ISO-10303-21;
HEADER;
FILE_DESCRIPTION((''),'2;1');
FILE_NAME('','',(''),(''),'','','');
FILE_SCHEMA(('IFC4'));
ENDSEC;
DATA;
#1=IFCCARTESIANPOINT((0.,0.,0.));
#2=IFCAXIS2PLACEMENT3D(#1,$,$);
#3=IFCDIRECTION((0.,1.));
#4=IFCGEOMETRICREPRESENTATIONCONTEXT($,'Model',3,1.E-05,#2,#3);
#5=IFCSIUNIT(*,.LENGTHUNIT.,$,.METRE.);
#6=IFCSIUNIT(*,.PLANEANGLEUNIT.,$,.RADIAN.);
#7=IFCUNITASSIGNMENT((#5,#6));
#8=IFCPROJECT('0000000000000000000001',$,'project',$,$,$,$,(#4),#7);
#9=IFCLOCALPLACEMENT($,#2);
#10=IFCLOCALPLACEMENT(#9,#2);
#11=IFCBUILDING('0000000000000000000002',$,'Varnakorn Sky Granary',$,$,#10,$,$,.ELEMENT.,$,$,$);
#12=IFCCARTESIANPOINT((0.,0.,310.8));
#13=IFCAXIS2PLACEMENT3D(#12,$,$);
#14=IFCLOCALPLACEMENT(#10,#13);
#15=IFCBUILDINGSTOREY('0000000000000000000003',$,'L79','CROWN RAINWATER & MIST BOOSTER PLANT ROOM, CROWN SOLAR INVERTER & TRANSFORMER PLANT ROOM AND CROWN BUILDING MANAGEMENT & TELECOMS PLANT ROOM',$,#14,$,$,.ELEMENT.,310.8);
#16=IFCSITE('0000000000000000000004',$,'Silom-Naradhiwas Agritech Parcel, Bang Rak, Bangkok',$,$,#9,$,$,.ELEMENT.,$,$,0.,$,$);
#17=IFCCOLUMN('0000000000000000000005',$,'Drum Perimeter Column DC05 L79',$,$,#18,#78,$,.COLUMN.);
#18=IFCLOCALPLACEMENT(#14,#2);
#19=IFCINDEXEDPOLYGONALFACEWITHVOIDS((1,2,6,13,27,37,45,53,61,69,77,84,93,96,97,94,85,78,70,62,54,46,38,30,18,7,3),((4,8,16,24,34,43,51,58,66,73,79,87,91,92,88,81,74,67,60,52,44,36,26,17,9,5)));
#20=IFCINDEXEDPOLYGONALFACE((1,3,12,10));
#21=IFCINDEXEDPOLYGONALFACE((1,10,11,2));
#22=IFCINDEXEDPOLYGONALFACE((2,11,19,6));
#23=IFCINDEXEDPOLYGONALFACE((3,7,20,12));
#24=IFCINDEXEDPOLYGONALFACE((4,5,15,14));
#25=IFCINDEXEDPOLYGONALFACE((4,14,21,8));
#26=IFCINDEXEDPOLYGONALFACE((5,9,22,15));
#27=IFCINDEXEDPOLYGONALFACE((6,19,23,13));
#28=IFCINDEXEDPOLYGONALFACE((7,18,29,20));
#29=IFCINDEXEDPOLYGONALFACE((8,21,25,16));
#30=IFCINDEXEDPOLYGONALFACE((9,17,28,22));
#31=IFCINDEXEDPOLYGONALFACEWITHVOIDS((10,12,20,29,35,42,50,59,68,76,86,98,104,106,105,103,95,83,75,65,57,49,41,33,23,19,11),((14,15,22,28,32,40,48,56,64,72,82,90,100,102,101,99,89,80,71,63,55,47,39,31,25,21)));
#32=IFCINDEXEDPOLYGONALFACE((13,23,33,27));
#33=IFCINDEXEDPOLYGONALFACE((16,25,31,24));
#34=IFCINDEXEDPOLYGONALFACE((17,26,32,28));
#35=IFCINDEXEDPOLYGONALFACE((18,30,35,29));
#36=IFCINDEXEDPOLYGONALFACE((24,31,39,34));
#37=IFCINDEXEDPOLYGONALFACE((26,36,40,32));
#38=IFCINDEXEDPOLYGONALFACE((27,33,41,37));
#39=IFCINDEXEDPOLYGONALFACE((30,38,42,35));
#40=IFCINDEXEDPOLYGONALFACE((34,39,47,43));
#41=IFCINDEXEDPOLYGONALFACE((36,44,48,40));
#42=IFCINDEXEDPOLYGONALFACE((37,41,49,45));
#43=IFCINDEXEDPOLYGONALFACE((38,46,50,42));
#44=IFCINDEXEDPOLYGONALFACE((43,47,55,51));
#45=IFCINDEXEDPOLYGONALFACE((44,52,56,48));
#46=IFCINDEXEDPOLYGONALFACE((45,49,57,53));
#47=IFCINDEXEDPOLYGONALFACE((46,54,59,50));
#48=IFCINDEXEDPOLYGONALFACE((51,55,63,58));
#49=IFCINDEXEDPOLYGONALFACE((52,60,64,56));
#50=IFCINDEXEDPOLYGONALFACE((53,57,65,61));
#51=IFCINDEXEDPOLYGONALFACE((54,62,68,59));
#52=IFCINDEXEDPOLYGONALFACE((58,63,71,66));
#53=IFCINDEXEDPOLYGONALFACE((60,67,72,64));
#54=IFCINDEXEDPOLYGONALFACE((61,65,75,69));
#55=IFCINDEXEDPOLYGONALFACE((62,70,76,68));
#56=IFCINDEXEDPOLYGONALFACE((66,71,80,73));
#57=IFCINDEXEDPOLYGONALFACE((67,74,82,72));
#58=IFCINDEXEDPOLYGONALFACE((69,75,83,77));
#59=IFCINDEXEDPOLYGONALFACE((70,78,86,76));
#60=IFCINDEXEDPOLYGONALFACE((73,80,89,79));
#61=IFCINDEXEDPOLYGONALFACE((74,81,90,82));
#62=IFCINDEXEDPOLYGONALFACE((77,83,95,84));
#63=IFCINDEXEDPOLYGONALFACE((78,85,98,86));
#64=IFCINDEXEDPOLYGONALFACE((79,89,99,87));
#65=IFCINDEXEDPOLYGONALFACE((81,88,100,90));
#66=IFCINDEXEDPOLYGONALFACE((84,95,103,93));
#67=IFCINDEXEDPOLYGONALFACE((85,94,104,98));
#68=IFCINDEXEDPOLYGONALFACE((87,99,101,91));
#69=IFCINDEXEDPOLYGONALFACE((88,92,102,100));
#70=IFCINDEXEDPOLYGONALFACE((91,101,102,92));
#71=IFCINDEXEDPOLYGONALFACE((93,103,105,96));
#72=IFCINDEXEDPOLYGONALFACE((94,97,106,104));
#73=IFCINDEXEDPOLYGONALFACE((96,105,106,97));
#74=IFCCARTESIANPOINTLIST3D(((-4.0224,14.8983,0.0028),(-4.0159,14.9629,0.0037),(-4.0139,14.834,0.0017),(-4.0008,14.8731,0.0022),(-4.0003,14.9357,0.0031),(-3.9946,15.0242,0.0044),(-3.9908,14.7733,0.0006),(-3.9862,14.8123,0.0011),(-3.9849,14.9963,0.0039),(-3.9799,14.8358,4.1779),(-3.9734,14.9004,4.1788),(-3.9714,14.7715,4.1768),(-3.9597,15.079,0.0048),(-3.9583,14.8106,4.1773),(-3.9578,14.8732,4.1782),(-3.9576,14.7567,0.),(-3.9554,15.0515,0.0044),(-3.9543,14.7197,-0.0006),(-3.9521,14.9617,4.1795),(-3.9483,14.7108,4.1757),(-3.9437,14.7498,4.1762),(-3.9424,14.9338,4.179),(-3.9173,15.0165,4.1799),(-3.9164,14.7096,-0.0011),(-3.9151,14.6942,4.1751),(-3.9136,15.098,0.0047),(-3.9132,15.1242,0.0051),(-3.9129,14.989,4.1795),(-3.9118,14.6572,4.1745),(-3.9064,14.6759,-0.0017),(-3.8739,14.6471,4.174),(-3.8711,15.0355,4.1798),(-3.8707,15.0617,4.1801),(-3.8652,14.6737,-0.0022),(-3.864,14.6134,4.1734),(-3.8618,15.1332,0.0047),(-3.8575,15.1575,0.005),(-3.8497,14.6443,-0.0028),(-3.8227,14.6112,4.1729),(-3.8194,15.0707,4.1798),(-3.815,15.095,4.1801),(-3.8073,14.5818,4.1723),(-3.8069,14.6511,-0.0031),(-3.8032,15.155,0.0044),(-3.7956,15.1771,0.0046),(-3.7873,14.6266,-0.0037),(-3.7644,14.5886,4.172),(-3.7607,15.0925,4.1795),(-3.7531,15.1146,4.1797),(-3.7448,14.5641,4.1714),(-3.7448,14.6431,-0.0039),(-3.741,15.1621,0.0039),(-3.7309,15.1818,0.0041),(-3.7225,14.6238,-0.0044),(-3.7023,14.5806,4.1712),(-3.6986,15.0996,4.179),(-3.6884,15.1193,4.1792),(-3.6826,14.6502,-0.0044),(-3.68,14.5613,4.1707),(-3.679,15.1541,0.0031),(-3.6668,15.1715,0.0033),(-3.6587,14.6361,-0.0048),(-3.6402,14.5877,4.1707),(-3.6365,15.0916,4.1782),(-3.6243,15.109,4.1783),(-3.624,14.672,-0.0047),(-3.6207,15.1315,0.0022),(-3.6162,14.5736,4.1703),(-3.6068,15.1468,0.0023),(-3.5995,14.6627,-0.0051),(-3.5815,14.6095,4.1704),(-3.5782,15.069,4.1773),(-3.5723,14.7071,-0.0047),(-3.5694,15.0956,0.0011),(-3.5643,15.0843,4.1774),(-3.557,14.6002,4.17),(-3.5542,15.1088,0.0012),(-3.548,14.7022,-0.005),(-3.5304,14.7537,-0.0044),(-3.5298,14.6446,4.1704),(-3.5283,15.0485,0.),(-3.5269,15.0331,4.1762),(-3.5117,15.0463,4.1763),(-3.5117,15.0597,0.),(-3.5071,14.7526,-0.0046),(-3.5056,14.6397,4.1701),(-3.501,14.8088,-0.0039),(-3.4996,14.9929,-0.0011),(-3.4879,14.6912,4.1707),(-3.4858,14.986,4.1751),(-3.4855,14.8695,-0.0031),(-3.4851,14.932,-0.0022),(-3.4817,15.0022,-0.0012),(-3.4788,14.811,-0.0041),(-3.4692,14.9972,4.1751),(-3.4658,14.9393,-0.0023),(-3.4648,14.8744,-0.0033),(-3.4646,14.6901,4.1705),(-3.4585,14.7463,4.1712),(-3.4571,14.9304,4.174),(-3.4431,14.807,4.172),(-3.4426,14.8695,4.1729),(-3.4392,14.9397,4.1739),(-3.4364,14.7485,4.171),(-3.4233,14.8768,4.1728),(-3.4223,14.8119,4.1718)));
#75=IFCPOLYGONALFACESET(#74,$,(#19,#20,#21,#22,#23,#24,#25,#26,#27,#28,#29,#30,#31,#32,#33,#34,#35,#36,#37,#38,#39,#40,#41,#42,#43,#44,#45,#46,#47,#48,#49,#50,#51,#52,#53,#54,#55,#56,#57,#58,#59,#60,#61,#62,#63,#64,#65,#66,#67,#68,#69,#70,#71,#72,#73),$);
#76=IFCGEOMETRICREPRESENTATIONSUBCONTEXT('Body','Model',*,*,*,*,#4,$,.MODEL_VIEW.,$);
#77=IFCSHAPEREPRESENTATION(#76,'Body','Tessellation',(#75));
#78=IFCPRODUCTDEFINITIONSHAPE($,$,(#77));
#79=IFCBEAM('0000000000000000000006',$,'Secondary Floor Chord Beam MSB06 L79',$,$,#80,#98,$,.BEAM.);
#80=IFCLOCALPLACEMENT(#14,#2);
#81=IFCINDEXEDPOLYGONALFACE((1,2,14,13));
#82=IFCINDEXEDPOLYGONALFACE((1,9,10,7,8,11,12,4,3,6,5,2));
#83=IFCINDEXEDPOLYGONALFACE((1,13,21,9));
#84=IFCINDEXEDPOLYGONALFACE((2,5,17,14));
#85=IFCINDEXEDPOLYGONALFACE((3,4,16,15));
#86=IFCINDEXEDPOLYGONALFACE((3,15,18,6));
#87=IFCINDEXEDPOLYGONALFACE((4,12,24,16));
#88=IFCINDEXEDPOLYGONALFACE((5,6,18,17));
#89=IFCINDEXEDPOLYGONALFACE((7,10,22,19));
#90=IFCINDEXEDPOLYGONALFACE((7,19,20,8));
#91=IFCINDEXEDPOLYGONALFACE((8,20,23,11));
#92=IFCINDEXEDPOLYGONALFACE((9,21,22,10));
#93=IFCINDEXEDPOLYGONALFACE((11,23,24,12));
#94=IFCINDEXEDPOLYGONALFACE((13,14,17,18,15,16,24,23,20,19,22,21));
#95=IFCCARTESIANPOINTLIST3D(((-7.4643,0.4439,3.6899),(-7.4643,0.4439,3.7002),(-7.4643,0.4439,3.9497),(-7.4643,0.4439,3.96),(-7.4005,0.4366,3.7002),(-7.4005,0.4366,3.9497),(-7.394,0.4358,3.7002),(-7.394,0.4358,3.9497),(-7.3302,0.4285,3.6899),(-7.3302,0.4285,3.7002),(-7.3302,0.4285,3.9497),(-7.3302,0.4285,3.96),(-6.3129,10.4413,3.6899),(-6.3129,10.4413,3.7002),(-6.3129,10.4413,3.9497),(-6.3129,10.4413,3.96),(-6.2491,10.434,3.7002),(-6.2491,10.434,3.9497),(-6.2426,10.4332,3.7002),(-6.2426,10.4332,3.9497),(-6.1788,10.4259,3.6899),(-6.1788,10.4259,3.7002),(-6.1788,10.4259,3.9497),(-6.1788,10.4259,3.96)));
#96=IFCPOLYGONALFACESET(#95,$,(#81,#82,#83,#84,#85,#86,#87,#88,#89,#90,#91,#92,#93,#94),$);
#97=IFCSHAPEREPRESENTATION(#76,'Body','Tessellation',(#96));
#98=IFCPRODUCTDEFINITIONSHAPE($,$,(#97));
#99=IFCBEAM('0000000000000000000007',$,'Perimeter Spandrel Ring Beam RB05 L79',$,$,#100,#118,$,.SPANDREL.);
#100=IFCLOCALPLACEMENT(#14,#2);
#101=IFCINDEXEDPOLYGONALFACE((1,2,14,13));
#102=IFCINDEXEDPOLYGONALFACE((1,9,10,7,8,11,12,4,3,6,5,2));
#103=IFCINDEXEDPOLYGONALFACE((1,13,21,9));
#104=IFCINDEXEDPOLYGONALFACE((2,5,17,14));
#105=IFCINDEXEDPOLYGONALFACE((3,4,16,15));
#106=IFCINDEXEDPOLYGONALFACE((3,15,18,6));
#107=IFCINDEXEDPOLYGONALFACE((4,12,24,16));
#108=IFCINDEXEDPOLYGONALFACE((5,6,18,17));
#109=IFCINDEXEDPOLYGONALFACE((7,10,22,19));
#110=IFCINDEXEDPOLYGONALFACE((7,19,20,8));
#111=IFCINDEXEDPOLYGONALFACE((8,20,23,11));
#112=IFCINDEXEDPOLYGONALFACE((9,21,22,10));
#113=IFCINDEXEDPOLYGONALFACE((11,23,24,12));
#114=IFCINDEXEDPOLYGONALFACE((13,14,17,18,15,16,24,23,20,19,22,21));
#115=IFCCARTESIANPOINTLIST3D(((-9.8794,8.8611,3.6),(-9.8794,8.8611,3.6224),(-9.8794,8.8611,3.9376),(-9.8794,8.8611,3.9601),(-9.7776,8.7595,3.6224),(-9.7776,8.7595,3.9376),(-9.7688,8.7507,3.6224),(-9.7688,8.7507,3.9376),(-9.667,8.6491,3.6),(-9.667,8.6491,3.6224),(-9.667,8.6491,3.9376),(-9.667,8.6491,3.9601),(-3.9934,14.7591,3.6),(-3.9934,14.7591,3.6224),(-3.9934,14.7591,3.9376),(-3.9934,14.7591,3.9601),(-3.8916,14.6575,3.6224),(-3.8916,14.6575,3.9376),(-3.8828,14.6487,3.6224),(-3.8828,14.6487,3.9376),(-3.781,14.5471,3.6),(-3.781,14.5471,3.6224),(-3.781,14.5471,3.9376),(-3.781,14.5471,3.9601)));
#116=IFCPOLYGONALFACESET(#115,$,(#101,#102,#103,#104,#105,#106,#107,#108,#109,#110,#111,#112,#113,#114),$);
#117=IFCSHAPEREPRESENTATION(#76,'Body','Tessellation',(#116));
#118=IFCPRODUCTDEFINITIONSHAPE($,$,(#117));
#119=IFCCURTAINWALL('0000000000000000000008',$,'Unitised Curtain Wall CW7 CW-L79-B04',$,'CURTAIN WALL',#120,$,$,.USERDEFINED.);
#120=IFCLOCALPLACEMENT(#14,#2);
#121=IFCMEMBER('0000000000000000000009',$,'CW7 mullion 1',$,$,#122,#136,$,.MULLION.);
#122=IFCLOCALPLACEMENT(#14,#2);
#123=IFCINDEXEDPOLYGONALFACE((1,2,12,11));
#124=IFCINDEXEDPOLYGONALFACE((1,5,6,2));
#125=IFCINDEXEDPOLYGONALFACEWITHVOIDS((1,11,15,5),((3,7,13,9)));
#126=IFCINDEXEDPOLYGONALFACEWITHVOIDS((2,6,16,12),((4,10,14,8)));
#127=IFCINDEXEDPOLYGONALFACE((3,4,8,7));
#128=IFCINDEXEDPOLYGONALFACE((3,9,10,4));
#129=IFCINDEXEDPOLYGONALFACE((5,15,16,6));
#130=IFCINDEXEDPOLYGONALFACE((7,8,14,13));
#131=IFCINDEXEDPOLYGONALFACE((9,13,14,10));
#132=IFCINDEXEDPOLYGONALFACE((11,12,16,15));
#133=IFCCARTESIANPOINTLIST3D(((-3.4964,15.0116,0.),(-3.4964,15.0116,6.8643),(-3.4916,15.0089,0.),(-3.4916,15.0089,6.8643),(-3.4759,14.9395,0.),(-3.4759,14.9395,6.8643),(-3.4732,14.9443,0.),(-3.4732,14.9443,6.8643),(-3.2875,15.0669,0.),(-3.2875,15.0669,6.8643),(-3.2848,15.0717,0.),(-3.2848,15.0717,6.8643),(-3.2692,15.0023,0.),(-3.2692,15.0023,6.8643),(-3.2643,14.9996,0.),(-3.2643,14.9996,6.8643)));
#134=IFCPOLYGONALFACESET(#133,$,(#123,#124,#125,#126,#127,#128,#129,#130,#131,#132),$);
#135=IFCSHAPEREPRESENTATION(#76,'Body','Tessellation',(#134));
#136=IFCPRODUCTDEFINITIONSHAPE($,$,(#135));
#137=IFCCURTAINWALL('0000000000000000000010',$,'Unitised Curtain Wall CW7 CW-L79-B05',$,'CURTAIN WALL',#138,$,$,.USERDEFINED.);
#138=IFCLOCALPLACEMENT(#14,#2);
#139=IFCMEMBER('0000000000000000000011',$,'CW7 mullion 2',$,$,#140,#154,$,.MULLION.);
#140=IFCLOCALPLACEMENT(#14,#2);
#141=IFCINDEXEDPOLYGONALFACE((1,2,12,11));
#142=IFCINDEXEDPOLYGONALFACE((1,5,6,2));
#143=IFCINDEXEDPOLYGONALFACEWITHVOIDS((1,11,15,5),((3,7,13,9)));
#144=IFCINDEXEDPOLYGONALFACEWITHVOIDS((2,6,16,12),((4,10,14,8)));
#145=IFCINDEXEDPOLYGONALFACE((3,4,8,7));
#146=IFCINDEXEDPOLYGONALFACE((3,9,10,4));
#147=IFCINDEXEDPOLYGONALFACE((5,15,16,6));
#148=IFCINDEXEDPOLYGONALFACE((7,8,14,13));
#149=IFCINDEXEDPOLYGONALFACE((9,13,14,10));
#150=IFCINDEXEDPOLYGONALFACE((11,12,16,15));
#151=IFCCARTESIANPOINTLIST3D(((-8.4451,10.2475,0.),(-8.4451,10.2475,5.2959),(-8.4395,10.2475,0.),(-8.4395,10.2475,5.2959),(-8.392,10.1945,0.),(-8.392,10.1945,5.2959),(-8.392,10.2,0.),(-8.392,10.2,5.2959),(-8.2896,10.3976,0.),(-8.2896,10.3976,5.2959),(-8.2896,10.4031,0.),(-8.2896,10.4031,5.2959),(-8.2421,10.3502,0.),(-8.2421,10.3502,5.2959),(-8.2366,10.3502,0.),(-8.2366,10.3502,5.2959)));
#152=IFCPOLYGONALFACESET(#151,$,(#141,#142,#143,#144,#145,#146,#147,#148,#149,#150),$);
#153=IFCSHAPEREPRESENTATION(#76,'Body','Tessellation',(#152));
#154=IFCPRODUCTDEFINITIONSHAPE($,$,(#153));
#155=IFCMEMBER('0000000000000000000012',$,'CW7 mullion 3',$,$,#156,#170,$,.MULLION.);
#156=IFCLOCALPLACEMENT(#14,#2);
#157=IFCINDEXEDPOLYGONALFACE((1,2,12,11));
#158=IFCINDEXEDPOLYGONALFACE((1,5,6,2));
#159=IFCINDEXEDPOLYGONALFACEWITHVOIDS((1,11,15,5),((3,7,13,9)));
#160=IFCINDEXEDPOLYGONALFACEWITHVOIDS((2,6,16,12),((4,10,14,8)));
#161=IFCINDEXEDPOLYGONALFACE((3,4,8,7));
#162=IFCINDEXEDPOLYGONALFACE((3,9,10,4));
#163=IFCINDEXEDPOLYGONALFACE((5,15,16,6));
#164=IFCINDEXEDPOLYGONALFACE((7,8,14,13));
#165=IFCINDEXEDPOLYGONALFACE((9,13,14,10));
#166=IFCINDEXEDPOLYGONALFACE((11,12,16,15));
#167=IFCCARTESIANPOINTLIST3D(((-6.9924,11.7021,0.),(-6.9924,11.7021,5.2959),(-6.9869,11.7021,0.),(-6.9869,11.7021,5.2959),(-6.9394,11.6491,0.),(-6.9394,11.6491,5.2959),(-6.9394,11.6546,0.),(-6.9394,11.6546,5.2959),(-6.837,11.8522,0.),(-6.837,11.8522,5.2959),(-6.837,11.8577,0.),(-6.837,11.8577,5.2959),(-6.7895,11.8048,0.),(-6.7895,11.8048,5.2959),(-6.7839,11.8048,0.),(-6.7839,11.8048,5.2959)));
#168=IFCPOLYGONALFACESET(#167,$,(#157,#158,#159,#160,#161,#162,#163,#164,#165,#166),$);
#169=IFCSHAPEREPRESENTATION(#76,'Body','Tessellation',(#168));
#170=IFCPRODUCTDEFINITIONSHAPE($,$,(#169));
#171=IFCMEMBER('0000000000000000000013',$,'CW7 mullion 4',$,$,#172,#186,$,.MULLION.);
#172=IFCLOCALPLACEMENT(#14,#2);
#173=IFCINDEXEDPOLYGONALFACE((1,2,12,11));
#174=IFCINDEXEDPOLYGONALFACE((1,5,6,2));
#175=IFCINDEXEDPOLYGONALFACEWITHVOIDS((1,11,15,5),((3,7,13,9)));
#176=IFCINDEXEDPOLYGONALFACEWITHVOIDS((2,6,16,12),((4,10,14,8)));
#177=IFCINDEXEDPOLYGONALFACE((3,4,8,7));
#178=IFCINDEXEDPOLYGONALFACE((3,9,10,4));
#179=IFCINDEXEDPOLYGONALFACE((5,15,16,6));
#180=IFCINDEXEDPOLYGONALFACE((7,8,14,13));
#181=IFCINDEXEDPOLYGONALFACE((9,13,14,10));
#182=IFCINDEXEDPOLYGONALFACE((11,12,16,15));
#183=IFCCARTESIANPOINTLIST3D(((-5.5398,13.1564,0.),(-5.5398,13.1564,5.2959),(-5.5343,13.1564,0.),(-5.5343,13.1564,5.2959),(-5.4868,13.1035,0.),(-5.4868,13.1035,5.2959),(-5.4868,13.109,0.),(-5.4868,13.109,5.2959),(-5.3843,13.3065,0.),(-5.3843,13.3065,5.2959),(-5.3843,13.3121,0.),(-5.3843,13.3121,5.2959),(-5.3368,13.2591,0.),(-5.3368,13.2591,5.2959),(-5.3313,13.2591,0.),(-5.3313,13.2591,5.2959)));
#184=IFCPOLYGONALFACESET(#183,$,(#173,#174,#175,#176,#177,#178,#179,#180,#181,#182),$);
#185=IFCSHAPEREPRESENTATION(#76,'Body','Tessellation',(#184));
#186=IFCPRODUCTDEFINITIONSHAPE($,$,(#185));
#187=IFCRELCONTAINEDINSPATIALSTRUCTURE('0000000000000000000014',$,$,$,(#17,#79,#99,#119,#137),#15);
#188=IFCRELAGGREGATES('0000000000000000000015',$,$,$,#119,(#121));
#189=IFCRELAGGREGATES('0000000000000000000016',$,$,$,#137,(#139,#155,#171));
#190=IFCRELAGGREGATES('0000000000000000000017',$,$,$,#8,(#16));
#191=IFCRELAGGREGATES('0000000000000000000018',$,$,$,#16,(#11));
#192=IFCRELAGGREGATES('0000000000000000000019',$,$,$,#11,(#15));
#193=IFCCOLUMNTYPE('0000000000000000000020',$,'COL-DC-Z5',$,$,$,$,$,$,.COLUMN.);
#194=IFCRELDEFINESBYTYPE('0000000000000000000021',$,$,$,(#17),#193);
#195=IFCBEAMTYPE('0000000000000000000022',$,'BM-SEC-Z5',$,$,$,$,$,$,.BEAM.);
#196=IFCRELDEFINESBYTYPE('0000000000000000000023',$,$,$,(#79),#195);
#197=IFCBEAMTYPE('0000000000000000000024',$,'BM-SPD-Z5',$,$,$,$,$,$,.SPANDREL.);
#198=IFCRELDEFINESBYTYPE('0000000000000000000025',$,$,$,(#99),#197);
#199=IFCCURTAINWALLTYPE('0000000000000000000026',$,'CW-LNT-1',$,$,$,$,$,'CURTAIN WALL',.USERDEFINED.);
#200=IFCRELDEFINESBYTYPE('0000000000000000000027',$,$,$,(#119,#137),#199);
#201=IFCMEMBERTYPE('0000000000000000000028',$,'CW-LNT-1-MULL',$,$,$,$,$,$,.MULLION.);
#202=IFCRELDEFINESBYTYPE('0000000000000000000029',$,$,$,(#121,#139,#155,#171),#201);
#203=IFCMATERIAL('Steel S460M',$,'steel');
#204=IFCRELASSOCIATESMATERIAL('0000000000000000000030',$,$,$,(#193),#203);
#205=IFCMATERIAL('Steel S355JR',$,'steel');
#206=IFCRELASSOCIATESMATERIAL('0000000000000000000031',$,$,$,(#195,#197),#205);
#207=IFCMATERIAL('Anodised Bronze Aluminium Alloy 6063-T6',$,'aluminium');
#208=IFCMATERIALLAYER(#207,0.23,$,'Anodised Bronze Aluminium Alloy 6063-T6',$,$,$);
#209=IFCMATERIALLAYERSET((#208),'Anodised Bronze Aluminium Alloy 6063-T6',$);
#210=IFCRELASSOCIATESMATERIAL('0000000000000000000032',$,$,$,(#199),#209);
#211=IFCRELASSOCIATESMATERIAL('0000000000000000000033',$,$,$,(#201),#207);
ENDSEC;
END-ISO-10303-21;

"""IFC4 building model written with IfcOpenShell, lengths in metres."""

from ifc_helpers import new_model, si_unit, direction, frame, origin, origin_2d, place, context, subcontext, project, spatial, hollow_rectangle, hollow_circle, i_section, extrude, material, layer, layer_set, material_profile, profile_set, type_object, element, aggregate, save


model = new_model("IFC4")

# Units and contexts
model_context = context("Model", 3, precision=1e-05, world=origin(), true_north=direction((0.0, 1.0)))
body_context = subcontext(model_context, "Body", "Model", "MODEL_VIEW")
ifc_project = project(units=[si_unit("LENGTHUNIT", "METRE"), si_unit("PLANEANGLEUNIT", "RADIAN")], contexts=[model_context])

# Site, building, storey
site_placement = place(None, origin())
site = spatial("IfcSite", under=ifc_project, at=site_placement, Name="Silom-Naradhiwas Agritech Parcel, Bang Rak, Bangkok", CompositionType="ELEMENT", RefElevation=0.0)
building_placement = place(site_placement, origin())
building = spatial("IfcBuilding", under=site, at=building_placement, Name="Varnakorn Sky Granary", CompositionType="ELEMENT")
storey_placement = place(building_placement, frame((0.0, 0.0, 310.8)))
storey = spatial("IfcBuildingStorey", under=building, at=storey_placement, Name="L79", Description="CROWN RAINWATER & MIST BOOSTER PLANT ROOM, CROWN SOLAR INVERTER & TRANSFORMER PLANT ROOM AND CROWN BUILDING MANAGEMENT & TELECOMS PLANT ROOM", CompositionType="ELEMENT", Elevation=310.8)

# Column
ifc_material_1 = material(Name="Steel S460M", Category="steel")
ifc_material_profile_1 = material_profile(ifc_material_1, hollow_circle(Radius=0.2795, WallThickness=0.02, at=origin_2d()), Name="CHS 559x20")
ifc_profile_set_1 = profile_set([ifc_material_profile_1], Name="Steel S460M")
column_type = type_object("IfcColumnType", Name="COL-DC-Z5", PredefinedType="COLUMN", material=ifc_profile_set_1)
column_placement = place(storey_placement, frame((-3.7429, 14.9026, 0.0), z_axis=(0.010173, -0.014967, 0.999836), x_axis=(0.827047, 0.562133, 0.0)))
element("IfcColumn", 1, at=column_placement, inside=storey, type_object=column_type, Name="Drum Perimeter Column DC05 L79", PredefinedType="COLUMN", context=body_context, shape_type="SweptSolid", body=[
    extrude(hollow_circle(Radius=0.2795, WallThickness=0.02, at=origin_2d()), origin(), (0.0, 0.0, 1.0), 4.1758),
])

# Beams
ifc_material_2 = material(Name="Steel S355JR", Category="steel")
ifc_material_profile_2 = material_profile(ifc_material_2, i_section(OverallWidth=0.135, OverallDepth=0.27, WebThickness=0.0066, FlangeThickness=0.0103, at=origin_2d()), Name="IPE 270")
ifc_profile_set_2 = profile_set([ifc_material_profile_2], Name="Steel S355JR")
beam_type_1 = type_object("IfcBeamType", Name="BM-SEC-Z5", PredefinedType="BEAM", material=ifc_profile_set_2)
beam_1_placement = place(storey_placement, frame((-6.2458, 10.4336, 3.825), z_axis=(-0.114411, -0.993433, 0.0), x_axis=(0.993433, -0.114411, 0.0)))
element("IfcBeam", 2, at=beam_1_placement, inside=storey, type_object=beam_type_1, Name="Secondary Floor Chord Beam MSB06 L79", PredefinedType="BEAM", context=body_context, shape_type="SweptSolid", body=[
    extrude(i_section(OverallWidth=0.135, OverallDepth=0.27, WebThickness=0.0066, FlangeThickness=0.0103, at=origin_2d()), origin(), (0.0, 0.0, 1.0), 10.0635),
])
ifc_material_profile_3 = material_profile(ifc_material_2, i_section(OverallWidth=0.3, OverallDepth=0.3601, WebThickness=0.0125, FlangeThickness=0.0225, at=origin_2d()), Name="HE 360 B")
ifc_profile_set_3 = profile_set([ifc_material_profile_3], Name="Steel S355JR")
beam_type_2 = type_object("IfcBeamType", Name="BM-SPD-Z5", PredefinedType="SPANDREL", material=ifc_profile_set_3)
beam_2_placement = place(storey_placement, frame((-3.8872, 14.6531, 3.78), z_axis=(-0.706389, -0.707824, 0.0), x_axis=(0.707824, -0.706389, 0.0)))
element("IfcBeam", 3, at=beam_2_placement, inside=storey, type_object=beam_type_2, Name="Perimeter Spandrel Ring Beam RB05 L79", PredefinedType="SPANDREL", context=body_context, shape_type="SweptSolid", body=[
    extrude(i_section(OverallWidth=0.3, OverallDepth=0.3601, WebThickness=0.0125, FlangeThickness=0.0225, at=origin_2d()), origin(), (0.0, 0.0, 1.0), 8.3325),
])

# Curtain wall, member
ifc_material_3 = material(Name="Anodised Bronze Aluminium Alloy 6063-T6", Category="aluminium")
ifc_layer_1 = layer(ifc_material_3, 0.23, Name="Anodised Bronze Aluminium Alloy 6063-T6")
ifc_layer_set_1 = layer_set([ifc_layer_1], Name="Anodised Bronze Aluminium Alloy 6063-T6")
curtain_wall_type = type_object("IfcCurtainWallType", Name="CW-LNT-1", ElementType="CURTAIN WALL", PredefinedType="USERDEFINED", material=ifc_layer_set_1)
curtain_wall_1_placement = place(storey_placement, origin())
curtain_wall_1 = element("IfcCurtainWall", 4, at=curtain_wall_1_placement, inside=storey, type_object=curtain_wall_type, Name="Unitised Curtain Wall CW7 CW-L79-B04", ObjectType="CURTAIN WALL", PredefinedType="USERDEFINED")
ifc_material_profile_4 = material_profile(ifc_material_3, hollow_rectangle(XDim=0.075, YDim=0.22, WallThickness=0.0039, at=origin_2d()), Name="ALU MULL 75x220")
ifc_profile_set_4 = profile_set([ifc_material_profile_4], Name="Anodised Bronze Aluminium Alloy 6063-T6")
member_type_1 = type_object("IfcMemberType", Name="CW-LNT-1-MULL", PredefinedType="MULLION", material=ifc_profile_set_4)
member_1_placement = place(storey_placement, frame((-3.3804, 15.0056, 0.0), z_axis=(0.0, 0.0, 1.0), x_axis=(-0.273207, 0.961955, 0.0)))
member_1 = element("IfcMember", 5, at=member_1_placement, type_object=member_type_1, Name="CW7 mullion 1", PredefinedType="MULLION", context=body_context, shape_type="SweptSolid", body=[
    extrude(hollow_rectangle(XDim=0.075, YDim=0.22, WallThickness=0.0039, at=origin_2d()), origin(), (0.0, 0.0, 1.0), 6.8643),
])
aggregate(curtain_wall_1, [member_1])

# Curtain wall, members
curtain_wall_2_placement = place(storey_placement, origin())
curtain_wall_2 = element("IfcCurtainWall", 6, at=curtain_wall_2_placement, inside=storey, type_object=curtain_wall_type, Name="Unitised Curtain Wall CW7 CW-L79-B05", ObjectType="CURTAIN WALL", PredefinedType="USERDEFINED")
member_2_placement = place(storey_placement, frame((-8.3408, 10.2988, 0.0), z_axis=(0.0, 0.0, 1.0), x_axis=(-0.707563, 0.706651, 0.0)))
member_2 = element("IfcMember", 7, at=member_2_placement, type_object=member_type_1, Name="CW7 mullion 2", PredefinedType="MULLION", context=body_context, shape_type="SweptSolid", body=[
    extrude(hollow_rectangle(XDim=0.075, YDim=0.22, WallThickness=0.0039, at=origin_2d()), origin(), (0.0, 0.0, 1.0), 5.2959),
])
member_3_placement = place(storey_placement, frame((-6.8882, 11.7534, 0.0), z_axis=(0.0, 0.0, 1.0), x_axis=(-0.707563, 0.706651, 0.0)))
member_3 = element("IfcMember", 8, at=member_3_placement, type_object=member_type_1, Name="CW7 mullion 3", PredefinedType="MULLION", context=body_context, shape_type="SweptSolid", body=[
    extrude(hollow_rectangle(XDim=0.075, YDim=0.22, WallThickness=0.0039, at=origin_2d()), origin(), (0.0, 0.0, 1.0), 5.2959),
])
member_4_placement = place(storey_placement, frame((-5.4355, 13.2078, 0.0), z_axis=(0.0, 0.0, 1.0), x_axis=(-0.707563, 0.706651, 0.0)))
member_4 = element("IfcMember", 9, at=member_4_placement, type_object=member_type_1, Name="CW7 mullion 4", PredefinedType="MULLION", context=body_context, shape_type="SweptSolid", body=[
    extrude(hollow_rectangle(XDim=0.075, YDim=0.22, WallThickness=0.0039, at=origin_2d()), origin(), (0.0, 0.0, 1.0), 5.2959),
])

aggregate(curtain_wall_2, [member_2, member_3, member_4])

save(model, "model.ifc")
